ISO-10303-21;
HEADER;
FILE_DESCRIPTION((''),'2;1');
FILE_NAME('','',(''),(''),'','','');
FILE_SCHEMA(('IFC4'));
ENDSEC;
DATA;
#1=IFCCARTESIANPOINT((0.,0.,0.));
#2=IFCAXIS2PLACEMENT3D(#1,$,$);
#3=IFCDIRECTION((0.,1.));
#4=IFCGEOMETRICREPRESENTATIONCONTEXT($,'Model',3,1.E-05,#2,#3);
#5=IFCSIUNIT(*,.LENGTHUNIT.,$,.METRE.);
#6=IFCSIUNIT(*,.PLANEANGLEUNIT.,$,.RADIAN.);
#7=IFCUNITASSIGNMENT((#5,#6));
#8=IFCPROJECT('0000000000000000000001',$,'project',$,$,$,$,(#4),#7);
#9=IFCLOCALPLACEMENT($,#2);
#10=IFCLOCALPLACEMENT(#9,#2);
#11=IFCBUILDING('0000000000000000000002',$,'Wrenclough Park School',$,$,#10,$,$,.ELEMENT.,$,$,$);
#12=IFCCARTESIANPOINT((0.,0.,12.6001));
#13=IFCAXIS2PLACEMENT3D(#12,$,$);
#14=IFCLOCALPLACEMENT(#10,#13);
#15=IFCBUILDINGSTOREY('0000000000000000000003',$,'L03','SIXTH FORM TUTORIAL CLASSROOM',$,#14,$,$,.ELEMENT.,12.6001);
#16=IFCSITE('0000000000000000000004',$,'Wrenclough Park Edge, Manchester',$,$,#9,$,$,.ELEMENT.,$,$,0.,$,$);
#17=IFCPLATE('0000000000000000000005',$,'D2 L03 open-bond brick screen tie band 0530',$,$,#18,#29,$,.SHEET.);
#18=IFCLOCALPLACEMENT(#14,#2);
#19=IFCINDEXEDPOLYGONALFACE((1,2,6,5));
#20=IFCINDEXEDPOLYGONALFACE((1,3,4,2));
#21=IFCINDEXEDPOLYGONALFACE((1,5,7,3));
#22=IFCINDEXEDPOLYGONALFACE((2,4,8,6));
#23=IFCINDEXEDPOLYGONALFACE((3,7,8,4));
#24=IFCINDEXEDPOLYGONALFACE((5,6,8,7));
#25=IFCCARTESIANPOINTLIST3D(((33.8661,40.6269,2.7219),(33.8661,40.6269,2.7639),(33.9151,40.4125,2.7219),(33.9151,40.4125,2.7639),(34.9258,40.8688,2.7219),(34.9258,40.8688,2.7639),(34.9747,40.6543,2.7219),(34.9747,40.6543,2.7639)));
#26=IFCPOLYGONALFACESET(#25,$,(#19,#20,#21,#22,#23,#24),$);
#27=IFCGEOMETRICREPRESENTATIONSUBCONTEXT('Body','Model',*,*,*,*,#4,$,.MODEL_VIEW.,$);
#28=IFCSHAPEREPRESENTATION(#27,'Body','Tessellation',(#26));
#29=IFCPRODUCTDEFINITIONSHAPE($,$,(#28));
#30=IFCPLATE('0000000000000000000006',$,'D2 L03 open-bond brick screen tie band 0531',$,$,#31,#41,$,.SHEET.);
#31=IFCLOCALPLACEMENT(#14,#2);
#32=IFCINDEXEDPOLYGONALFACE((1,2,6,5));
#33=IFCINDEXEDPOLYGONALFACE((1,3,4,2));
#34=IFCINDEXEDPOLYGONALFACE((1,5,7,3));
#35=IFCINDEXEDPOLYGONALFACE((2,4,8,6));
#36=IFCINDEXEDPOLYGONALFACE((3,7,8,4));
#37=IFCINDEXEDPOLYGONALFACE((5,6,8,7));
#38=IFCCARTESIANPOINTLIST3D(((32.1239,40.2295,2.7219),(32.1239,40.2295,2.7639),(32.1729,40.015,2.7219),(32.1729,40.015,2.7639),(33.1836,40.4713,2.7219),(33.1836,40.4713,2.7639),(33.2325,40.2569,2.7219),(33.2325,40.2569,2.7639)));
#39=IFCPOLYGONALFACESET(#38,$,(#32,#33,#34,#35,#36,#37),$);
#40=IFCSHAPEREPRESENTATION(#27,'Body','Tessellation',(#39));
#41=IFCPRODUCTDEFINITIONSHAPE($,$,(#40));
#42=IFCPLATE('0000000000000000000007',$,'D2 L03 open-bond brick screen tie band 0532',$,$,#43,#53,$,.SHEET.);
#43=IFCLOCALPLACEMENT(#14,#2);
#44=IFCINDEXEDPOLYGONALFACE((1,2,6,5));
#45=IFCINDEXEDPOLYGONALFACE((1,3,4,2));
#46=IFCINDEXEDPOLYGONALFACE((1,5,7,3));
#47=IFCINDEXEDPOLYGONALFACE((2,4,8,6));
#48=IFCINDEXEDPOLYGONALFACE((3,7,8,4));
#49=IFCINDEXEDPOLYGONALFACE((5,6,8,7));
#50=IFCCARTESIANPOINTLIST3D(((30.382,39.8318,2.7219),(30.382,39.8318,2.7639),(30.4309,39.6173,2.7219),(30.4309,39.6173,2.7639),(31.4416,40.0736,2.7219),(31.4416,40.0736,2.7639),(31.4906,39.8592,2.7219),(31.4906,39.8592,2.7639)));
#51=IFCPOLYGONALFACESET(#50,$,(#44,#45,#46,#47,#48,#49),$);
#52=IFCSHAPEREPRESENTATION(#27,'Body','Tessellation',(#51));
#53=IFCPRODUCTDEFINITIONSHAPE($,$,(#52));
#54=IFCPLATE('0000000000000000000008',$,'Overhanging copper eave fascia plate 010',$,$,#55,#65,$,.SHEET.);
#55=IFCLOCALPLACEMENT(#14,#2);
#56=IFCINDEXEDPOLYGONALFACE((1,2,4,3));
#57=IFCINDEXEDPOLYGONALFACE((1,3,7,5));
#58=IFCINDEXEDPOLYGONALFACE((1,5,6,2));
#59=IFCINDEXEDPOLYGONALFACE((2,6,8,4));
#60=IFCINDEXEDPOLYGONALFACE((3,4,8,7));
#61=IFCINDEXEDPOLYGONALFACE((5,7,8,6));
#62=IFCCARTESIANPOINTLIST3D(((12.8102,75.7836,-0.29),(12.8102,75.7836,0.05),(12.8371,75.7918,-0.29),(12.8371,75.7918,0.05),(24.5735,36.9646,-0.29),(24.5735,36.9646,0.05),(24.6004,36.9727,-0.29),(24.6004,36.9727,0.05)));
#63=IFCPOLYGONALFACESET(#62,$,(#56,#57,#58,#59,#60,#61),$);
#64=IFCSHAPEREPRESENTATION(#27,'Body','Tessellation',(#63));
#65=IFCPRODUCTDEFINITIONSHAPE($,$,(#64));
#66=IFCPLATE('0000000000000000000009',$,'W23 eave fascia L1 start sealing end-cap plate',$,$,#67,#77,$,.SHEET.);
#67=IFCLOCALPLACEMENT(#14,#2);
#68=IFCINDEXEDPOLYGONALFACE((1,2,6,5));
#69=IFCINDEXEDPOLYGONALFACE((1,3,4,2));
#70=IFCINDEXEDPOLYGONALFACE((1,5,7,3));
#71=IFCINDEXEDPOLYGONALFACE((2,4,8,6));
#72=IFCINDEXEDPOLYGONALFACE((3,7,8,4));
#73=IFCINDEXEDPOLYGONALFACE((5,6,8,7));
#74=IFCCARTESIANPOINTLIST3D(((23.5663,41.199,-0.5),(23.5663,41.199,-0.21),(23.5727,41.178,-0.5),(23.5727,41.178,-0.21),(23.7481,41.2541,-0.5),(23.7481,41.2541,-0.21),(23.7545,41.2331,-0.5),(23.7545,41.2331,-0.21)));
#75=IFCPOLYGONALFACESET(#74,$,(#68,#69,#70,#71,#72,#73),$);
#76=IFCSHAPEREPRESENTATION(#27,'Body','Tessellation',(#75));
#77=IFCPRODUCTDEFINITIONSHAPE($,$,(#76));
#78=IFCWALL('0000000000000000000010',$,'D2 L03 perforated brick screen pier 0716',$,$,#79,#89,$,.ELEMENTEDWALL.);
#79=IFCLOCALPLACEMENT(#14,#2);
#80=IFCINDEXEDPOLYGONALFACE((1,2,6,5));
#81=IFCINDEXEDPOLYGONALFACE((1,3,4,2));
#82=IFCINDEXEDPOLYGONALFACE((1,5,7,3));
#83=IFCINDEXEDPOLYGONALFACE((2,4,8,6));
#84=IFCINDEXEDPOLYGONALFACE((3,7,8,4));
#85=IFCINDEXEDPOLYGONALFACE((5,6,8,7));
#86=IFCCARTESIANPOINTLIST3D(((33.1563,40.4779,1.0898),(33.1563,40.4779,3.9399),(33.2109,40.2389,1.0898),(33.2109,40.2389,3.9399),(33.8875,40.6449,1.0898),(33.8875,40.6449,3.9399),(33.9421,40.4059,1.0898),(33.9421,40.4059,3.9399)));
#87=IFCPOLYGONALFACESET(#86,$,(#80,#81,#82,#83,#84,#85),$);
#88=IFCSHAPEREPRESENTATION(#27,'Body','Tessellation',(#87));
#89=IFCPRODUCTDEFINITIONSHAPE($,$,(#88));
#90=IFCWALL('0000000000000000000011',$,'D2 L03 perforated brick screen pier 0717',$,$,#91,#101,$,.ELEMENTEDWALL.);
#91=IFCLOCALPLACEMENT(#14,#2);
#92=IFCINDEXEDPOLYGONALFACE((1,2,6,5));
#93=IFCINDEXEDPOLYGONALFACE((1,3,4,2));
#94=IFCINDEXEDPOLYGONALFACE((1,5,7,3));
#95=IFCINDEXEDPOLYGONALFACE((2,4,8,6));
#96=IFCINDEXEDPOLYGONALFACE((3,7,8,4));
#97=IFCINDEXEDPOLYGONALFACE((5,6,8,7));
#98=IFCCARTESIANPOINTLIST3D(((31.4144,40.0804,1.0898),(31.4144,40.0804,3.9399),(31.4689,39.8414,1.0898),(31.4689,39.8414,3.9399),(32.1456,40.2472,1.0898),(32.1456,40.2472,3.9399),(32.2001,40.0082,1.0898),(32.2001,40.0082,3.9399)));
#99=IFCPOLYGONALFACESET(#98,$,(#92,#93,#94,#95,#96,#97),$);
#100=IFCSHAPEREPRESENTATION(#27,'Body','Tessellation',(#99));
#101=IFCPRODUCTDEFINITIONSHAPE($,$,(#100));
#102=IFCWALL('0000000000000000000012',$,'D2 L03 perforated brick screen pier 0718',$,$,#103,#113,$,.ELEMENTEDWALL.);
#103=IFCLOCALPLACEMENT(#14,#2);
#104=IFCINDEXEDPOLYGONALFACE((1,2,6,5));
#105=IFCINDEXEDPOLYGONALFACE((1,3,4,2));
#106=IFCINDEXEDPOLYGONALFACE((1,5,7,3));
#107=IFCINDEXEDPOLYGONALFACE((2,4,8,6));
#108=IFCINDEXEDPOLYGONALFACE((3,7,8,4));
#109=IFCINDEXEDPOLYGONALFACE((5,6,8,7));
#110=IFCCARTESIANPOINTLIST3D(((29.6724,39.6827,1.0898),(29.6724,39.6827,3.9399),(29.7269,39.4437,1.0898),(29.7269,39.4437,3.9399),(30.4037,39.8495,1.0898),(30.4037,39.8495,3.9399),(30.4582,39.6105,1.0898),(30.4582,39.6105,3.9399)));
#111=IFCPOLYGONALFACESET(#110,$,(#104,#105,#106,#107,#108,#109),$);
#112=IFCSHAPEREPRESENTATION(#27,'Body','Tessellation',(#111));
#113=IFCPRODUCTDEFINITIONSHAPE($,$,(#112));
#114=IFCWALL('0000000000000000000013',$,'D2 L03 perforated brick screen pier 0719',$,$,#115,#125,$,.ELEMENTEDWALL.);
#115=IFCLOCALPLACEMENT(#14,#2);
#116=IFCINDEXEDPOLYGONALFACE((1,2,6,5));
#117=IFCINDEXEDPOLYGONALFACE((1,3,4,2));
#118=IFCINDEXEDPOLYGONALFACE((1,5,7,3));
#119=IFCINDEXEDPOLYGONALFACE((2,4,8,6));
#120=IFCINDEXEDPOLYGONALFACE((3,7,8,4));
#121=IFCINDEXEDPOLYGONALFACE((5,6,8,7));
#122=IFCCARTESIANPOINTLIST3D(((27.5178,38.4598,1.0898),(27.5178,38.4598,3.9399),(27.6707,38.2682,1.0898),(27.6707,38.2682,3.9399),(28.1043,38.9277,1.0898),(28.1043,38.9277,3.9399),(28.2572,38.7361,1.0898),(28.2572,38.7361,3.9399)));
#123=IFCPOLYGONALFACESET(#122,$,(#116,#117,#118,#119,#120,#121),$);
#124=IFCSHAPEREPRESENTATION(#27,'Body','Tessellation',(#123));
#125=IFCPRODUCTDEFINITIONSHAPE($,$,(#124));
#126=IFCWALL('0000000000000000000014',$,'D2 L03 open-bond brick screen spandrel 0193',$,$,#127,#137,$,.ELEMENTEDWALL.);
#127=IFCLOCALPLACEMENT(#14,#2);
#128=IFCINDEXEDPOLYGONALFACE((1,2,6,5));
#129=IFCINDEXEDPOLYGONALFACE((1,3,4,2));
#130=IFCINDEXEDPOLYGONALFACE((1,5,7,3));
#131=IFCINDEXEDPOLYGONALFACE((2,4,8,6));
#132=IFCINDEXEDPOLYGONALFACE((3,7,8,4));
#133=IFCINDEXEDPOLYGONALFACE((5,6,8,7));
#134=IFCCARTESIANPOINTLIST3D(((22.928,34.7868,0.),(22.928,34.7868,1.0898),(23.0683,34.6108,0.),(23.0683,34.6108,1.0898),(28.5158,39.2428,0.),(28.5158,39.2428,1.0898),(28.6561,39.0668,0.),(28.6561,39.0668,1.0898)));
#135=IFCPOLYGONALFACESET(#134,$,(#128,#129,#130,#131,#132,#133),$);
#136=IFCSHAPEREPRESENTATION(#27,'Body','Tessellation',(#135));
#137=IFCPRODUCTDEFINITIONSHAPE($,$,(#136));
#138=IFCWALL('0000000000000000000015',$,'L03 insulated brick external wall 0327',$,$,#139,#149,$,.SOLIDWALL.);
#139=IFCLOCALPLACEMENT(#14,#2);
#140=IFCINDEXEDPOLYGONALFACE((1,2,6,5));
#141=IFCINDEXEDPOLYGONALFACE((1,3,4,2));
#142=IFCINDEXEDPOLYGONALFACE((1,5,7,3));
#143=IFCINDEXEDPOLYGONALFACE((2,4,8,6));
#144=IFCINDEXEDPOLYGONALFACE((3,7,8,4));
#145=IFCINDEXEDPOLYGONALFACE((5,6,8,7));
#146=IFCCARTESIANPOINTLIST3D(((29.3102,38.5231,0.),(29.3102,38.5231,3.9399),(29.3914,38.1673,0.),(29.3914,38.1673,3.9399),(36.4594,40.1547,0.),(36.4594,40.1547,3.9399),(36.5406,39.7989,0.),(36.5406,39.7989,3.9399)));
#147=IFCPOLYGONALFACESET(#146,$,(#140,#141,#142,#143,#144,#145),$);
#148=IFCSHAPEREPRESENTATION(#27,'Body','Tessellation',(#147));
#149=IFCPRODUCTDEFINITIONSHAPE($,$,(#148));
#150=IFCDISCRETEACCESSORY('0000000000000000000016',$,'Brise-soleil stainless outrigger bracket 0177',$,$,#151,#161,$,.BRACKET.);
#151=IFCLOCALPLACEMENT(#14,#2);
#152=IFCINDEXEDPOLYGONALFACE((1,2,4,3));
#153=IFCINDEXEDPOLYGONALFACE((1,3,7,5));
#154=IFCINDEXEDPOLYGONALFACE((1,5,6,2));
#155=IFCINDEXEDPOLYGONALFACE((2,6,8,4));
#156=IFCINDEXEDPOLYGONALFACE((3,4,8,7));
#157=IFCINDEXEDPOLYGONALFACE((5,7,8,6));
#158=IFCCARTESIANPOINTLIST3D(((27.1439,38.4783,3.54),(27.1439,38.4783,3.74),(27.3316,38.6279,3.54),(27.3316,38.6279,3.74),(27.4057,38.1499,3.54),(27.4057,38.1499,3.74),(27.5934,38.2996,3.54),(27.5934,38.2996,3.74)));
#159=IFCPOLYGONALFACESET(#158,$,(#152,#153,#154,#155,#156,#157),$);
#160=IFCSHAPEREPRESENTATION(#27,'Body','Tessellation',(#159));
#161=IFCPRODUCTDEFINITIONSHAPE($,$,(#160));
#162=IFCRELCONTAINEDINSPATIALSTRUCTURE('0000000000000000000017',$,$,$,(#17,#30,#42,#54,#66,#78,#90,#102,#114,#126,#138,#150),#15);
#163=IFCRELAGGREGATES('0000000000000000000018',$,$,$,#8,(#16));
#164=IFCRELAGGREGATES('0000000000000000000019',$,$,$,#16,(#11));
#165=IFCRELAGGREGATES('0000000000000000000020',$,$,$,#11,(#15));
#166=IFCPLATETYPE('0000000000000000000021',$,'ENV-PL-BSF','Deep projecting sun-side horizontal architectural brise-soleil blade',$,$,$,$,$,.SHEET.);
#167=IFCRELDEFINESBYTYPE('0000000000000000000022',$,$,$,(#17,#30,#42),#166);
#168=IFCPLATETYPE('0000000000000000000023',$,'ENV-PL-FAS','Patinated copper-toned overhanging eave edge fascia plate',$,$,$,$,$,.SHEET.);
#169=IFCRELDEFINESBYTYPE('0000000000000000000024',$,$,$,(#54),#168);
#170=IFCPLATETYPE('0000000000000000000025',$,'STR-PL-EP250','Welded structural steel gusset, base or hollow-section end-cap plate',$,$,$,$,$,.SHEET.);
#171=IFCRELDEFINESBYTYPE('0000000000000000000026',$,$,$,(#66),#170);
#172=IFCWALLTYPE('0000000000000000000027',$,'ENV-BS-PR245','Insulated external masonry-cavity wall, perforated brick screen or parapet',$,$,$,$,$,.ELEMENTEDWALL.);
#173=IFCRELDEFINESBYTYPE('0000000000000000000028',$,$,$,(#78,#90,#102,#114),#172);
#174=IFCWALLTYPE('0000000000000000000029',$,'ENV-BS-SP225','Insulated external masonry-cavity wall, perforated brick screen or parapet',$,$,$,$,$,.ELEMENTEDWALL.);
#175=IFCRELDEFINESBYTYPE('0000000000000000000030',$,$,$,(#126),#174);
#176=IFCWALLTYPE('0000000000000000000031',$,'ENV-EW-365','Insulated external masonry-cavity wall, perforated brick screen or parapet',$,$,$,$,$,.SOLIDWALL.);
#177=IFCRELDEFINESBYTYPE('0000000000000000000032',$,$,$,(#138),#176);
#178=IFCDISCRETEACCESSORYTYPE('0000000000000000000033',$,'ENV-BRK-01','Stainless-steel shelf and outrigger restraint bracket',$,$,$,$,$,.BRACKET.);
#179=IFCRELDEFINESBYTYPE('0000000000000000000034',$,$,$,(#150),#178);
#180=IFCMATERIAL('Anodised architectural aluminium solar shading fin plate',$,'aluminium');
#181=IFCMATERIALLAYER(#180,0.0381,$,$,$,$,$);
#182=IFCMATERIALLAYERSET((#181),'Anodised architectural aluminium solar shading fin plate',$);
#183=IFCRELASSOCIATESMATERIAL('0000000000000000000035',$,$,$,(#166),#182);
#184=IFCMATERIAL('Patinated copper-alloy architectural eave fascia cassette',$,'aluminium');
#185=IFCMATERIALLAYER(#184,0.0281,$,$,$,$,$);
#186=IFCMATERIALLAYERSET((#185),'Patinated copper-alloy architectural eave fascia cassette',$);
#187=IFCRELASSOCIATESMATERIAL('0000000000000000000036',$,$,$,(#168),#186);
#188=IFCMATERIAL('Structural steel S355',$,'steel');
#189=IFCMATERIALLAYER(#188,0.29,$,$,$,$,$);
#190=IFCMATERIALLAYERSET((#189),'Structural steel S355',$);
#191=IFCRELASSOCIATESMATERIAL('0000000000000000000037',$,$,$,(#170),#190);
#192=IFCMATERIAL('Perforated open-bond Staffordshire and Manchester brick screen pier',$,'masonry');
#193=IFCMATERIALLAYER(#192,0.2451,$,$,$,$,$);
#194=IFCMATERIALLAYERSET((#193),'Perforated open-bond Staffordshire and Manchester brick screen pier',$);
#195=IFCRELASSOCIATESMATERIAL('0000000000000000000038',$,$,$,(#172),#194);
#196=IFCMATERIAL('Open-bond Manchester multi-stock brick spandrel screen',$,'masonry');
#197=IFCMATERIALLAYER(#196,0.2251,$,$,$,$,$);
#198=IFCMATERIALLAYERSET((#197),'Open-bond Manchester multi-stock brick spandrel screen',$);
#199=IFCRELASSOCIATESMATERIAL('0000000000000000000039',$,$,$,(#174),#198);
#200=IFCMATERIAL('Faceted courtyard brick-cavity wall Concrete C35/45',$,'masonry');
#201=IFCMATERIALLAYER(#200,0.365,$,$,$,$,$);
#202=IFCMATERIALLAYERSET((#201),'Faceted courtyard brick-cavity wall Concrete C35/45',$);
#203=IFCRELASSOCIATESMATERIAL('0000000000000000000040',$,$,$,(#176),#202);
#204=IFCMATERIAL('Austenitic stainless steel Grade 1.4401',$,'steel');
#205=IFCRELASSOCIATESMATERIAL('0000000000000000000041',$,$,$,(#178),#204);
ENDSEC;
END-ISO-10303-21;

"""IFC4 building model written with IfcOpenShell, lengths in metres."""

from ifc_helpers import new_model, si_unit, direction, frame, frame_2d, origin, origin_2d, place, context, subcontext, project, spatial, rectangle, extrude, material, layer, layer_set, type_object, element, save


model = new_model("IFC4")

# Units and contexts
model_context = context("Model", 3, precision=1e-05, world=origin(), true_north=direction((0.0, 1.0)))
body_context = subcontext(model_context, "Body", "Model", "MODEL_VIEW")
ifc_project = project(units=[si_unit("LENGTHUNIT", "METRE"), si_unit("PLANEANGLEUNIT", "RADIAN")], contexts=[model_context])

# Site, building, storey
site_placement = place(None, origin())
site = spatial("IfcSite", under=ifc_project, at=site_placement, Name="Wrenclough Park Edge, Manchester", CompositionType="ELEMENT", RefElevation=0.0)
building_placement = place(site_placement, origin())
building = spatial("IfcBuilding", under=site, at=building_placement, Name="Wrenclough Park School", CompositionType="ELEMENT")
storey_placement = place(building_placement, frame((0.0, 0.0, 12.6001)))
storey = spatial("IfcBuildingStorey", under=building, at=storey_placement, Name="L03", Description="SIXTH FORM TUTORIAL CLASSROOM", CompositionType="ELEMENT", Elevation=12.6001)

# Shared definitions
ifc_material_1 = material(Name="Structural steel S355", Category="steel")

# Plates
ifc_material_2 = material(Name="Anodised architectural aluminium solar shading fin plate", Category="aluminium")
ifc_layer_1 = layer(ifc_material_2, 0.0381)
ifc_layer_set_1 = layer_set([ifc_layer_1], Name="Anodised architectural aluminium solar shading fin plate")
plate_type_1 = type_object("IfcPlateType", Name="ENV-PL-BSF", Description="Deep projecting sun-side horizontal architectural brise-soleil blade", PredefinedType="SHEET", material=ifc_layer_set_1)
for number, where, z_axis, x_axis, name in (
    (1, (34.4204, 40.6406, 2.7219), (0.0, 0.0, 1.0), (-0.974929, -0.222515, 0.0), "D2 L03 open-bond brick screen tie band 0530"),
    (2, (32.6782, 40.2432, 2.7219), (0.0, 0.0, 1.0), (-0.974929, -0.222515, 0.0), "D2 L03 open-bond brick screen tie band 0531"),
    (3, (30.9363, 39.8455, 2.7219), (0.0, 0.0, 1.0), (-0.974929, -0.222515, 0.0), "D2 L03 open-bond brick screen tie band 0532"),
):
    element("IfcPlate", number, at=place(storey_placement, frame(where, z_axis=z_axis, x_axis=x_axis)), inside=storey, type_object=plate_type_1, Name=name, PredefinedType="SHEET", context=body_context, shape_type="SweptSolid", body=[
        extrude(rectangle(XDim=1.0869, YDim=0.22, at=origin_2d()), origin(), (0.0, 0.0, 1.0), 0.042),
    ])
ifc_material_3 = material(Name="Patinated copper-alloy architectural eave fascia cassette", Category="aluminium")
ifc_layer_2 = layer(ifc_material_3, 0.0281)
ifc_layer_set_2 = layer_set([ifc_layer_2], Name="Patinated copper-alloy architectural eave fascia cassette")
plate_type_2 = type_object("IfcPlateType", Name="ENV-PL-FAS", Description="Patinated copper-toned overhanging eave edge fascia plate", PredefinedType="SHEET", material=ifc_layer_set_2)
plate_1_placement = place(storey_placement, frame((18.7053, 56.3782, -0.29), z_axis=(0.0, 0.0, 1.0), x_axis=(0.290006, -0.957025, 0.0)))
element("IfcPlate", 4, at=plate_1_placement, inside=storey, type_object=plate_type_2, Name="Overhanging copper eave fascia plate 010", PredefinedType="SHEET", context=body_context, shape_type="SweptSolid", body=[
    extrude(rectangle(XDim=40.5623, YDim=0.0281, at=origin_2d()), origin(), (0.0, 0.0, 1.0), 0.3401),
])
ifc_layer_3 = layer(ifc_material_1, 0.29)
ifc_layer_set_3 = layer_set([ifc_layer_3], Name="Structural steel S355")
plate_type_3 = type_object("IfcPlateType", Name="STR-PL-EP250", Description="Welded structural steel gusset, base or hollow-section end-cap plate", PredefinedType="SHEET", material=ifc_layer_set_3)
plate_2_placement = place(storey_placement, frame((23.6604, 41.2161, -0.5), z_axis=(0.0, 0.0, 1.0), x_axis=(-0.290034, 0.957016, 0.0)))
element("IfcPlate", 5, at=plate_2_placement, inside=storey, type_object=plate_type_3, Name="W23 eave fascia L1 start sealing end-cap plate", PredefinedType="SHEET", context=body_context, shape_type="SweptSolid", body=[
    extrude(rectangle(XDim=0.022, YDim=0.1899, at=origin_2d()), origin(), (0.0, 0.0, 1.0), 0.29),
])

# Walls
ifc_material_4 = material(Name="Perforated open-bond Staffordshire and Manchester brick screen pier", Category="masonry")
ifc_layer_4 = layer(ifc_material_4, 0.2451)
ifc_layer_set_4 = layer_set([ifc_layer_4], Name="Perforated open-bond Staffordshire and Manchester brick screen pier")
wall_type_1 = type_object("IfcWallType", Name="ENV-BS-PR245", Description="Insulated external masonry-cavity wall, perforated brick screen or parapet", PredefinedType="ELEMENTEDWALL", material=ifc_layer_set_4)
for number, where, z_axis, x_axis, name in (
    (6, (33.9148, 40.5254, 1.0898), (0.0, 0.0, 1.0), (-0.974899, -0.222648, 0.0), "D2 L03 perforated brick screen pier 0716"),
    (7, (32.1729, 40.1277, 1.0898), (0.0, 0.0, 1.0), (-0.97497, -0.222339, 0.0), "D2 L03 perforated brick screen pier 0717"),
    (8, (30.4309, 39.73, 1.0898), (0.0, 0.0, 1.0), (-0.97497, -0.222339, 0.0), "D2 L03 perforated brick screen pier 0718"),
):
    element("IfcWall", number, at=place(storey_placement, frame(where, z_axis=z_axis, x_axis=x_axis)), inside=storey, type_object=wall_type_1, Name=name, PredefinedType="ELEMENTEDWALL", context=body_context, shape_type="SweptSolid", body=[
        extrude(rectangle(XDim=0.75, YDim=0.2451, at=frame_2d((0.375, 0.0))), origin(), (0.0, 0.0, 1.0), 2.8501),
    ])
wall_1_placement = place(storey_placement, frame((28.1807, 38.8318, 1.0898), z_axis=(0.0, 0.0, 1.0), x_axis=(-0.781757, -0.623583, 0.0)))
element("IfcWall", 9, at=wall_1_placement, inside=storey, type_object=wall_type_1, Name="D2 L03 perforated brick screen pier 0719", PredefinedType="ELEMENTEDWALL", context=body_context, shape_type="SweptSolid", body=[
    extrude(rectangle(XDim=0.7502, YDim=0.2451, at=frame_2d((0.375, 0.0))), origin(), (0.0, 0.0, 1.0), 2.8501),
])
ifc_material_5 = material(Name="Open-bond Manchester multi-stock brick spandrel screen", Category="masonry")
ifc_layer_5 = layer(ifc_material_5, 0.2251)
ifc_layer_set_5 = layer_set([ifc_layer_5], Name="Open-bond Manchester multi-stock brick spandrel screen")
wall_type_2 = type_object("IfcWallType", Name="ENV-BS-SP225", Description="Insulated external masonry-cavity wall, perforated brick screen or parapet", PredefinedType="ELEMENTEDWALL", material=ifc_layer_set_5)
wall_2_placement = place(storey_placement, frame((28.5859, 39.1548, 0.0), z_axis=(0.0, 0.0, 1.0), x_axis=(-0.781841, -0.623478, 0.0)))
element("IfcWall", 10, at=wall_2_placement, inside=storey, type_object=wall_type_2, Name="D2 L03 open-bond brick screen spandrel 0193", PredefinedType="ELEMENTEDWALL", context=body_context, shape_type="SweptSolid", body=[
    extrude(rectangle(XDim=7.147, YDim=0.2251, at=frame_2d((3.5735, 0.0))), origin(), (0.0, 0.0, 1.0), 1.0898),
])
ifc_material_6 = material(Name="Faceted courtyard brick-cavity wall Concrete C35/45", Category="masonry")
ifc_layer_6 = layer(ifc_material_6, 0.365)
ifc_layer_set_6 = layer_set([ifc_layer_6], Name="Faceted courtyard brick-cavity wall Concrete C35/45")
wall_type_3 = type_object("IfcWallType", Name="ENV-EW-365", Description="Insulated external masonry-cavity wall, perforated brick screen or parapet", PredefinedType="SOLIDWALL", material=ifc_layer_set_6)
wall_3_placement = place(storey_placement, frame((29.3508, 38.3452, 0.0), z_axis=(0.0, 0.0, 1.0), x_axis=(0.974933, 0.2225, 0.0)))
element("IfcWall", 11, at=wall_3_placement, inside=storey, type_object=wall_type_3, Name="L03 insulated brick external wall 0327", PredefinedType="SOLIDWALL", context=body_context, shape_type="SweptSolid", body=[
    extrude(rectangle(XDim=7.333, YDim=0.365, at=frame_2d((3.6665, 0.0))), origin(), (0.0, 0.0, 1.0), 3.9399),
])

# Discrete accessory
ifc_material_7 = material(Name="Austenitic stainless steel Grade 1.4401", Category="steel")
discrete_accessory_type = type_object("IfcDiscreteAccessoryType", Name="ENV-BRK-01", Description="Stainless-steel shelf and outrigger restraint bracket", PredefinedType="BRACKET", material=ifc_material_7)
discrete_accessory_placement = place(storey_placement, frame((27.3687, 38.3889, 3.54), z_axis=(0.0, 0.0, 1.0), x_axis=(-0.781832, -0.62349, 0.0)))
element("IfcDiscreteAccessory", 12, at=discrete_accessory_placement, inside=storey, type_object=discrete_accessory_type, Name="Brise-soleil stainless outrigger bracket 0177", PredefinedType="BRACKET", context=body_context, shape_type="SweptSolid", body=[
    extrude(rectangle(XDim=0.24, YDim=0.4199, at=origin_2d()), origin(), (0.0, 0.0, 1.0), 0.2),
])

save(model, "model.ifc")
